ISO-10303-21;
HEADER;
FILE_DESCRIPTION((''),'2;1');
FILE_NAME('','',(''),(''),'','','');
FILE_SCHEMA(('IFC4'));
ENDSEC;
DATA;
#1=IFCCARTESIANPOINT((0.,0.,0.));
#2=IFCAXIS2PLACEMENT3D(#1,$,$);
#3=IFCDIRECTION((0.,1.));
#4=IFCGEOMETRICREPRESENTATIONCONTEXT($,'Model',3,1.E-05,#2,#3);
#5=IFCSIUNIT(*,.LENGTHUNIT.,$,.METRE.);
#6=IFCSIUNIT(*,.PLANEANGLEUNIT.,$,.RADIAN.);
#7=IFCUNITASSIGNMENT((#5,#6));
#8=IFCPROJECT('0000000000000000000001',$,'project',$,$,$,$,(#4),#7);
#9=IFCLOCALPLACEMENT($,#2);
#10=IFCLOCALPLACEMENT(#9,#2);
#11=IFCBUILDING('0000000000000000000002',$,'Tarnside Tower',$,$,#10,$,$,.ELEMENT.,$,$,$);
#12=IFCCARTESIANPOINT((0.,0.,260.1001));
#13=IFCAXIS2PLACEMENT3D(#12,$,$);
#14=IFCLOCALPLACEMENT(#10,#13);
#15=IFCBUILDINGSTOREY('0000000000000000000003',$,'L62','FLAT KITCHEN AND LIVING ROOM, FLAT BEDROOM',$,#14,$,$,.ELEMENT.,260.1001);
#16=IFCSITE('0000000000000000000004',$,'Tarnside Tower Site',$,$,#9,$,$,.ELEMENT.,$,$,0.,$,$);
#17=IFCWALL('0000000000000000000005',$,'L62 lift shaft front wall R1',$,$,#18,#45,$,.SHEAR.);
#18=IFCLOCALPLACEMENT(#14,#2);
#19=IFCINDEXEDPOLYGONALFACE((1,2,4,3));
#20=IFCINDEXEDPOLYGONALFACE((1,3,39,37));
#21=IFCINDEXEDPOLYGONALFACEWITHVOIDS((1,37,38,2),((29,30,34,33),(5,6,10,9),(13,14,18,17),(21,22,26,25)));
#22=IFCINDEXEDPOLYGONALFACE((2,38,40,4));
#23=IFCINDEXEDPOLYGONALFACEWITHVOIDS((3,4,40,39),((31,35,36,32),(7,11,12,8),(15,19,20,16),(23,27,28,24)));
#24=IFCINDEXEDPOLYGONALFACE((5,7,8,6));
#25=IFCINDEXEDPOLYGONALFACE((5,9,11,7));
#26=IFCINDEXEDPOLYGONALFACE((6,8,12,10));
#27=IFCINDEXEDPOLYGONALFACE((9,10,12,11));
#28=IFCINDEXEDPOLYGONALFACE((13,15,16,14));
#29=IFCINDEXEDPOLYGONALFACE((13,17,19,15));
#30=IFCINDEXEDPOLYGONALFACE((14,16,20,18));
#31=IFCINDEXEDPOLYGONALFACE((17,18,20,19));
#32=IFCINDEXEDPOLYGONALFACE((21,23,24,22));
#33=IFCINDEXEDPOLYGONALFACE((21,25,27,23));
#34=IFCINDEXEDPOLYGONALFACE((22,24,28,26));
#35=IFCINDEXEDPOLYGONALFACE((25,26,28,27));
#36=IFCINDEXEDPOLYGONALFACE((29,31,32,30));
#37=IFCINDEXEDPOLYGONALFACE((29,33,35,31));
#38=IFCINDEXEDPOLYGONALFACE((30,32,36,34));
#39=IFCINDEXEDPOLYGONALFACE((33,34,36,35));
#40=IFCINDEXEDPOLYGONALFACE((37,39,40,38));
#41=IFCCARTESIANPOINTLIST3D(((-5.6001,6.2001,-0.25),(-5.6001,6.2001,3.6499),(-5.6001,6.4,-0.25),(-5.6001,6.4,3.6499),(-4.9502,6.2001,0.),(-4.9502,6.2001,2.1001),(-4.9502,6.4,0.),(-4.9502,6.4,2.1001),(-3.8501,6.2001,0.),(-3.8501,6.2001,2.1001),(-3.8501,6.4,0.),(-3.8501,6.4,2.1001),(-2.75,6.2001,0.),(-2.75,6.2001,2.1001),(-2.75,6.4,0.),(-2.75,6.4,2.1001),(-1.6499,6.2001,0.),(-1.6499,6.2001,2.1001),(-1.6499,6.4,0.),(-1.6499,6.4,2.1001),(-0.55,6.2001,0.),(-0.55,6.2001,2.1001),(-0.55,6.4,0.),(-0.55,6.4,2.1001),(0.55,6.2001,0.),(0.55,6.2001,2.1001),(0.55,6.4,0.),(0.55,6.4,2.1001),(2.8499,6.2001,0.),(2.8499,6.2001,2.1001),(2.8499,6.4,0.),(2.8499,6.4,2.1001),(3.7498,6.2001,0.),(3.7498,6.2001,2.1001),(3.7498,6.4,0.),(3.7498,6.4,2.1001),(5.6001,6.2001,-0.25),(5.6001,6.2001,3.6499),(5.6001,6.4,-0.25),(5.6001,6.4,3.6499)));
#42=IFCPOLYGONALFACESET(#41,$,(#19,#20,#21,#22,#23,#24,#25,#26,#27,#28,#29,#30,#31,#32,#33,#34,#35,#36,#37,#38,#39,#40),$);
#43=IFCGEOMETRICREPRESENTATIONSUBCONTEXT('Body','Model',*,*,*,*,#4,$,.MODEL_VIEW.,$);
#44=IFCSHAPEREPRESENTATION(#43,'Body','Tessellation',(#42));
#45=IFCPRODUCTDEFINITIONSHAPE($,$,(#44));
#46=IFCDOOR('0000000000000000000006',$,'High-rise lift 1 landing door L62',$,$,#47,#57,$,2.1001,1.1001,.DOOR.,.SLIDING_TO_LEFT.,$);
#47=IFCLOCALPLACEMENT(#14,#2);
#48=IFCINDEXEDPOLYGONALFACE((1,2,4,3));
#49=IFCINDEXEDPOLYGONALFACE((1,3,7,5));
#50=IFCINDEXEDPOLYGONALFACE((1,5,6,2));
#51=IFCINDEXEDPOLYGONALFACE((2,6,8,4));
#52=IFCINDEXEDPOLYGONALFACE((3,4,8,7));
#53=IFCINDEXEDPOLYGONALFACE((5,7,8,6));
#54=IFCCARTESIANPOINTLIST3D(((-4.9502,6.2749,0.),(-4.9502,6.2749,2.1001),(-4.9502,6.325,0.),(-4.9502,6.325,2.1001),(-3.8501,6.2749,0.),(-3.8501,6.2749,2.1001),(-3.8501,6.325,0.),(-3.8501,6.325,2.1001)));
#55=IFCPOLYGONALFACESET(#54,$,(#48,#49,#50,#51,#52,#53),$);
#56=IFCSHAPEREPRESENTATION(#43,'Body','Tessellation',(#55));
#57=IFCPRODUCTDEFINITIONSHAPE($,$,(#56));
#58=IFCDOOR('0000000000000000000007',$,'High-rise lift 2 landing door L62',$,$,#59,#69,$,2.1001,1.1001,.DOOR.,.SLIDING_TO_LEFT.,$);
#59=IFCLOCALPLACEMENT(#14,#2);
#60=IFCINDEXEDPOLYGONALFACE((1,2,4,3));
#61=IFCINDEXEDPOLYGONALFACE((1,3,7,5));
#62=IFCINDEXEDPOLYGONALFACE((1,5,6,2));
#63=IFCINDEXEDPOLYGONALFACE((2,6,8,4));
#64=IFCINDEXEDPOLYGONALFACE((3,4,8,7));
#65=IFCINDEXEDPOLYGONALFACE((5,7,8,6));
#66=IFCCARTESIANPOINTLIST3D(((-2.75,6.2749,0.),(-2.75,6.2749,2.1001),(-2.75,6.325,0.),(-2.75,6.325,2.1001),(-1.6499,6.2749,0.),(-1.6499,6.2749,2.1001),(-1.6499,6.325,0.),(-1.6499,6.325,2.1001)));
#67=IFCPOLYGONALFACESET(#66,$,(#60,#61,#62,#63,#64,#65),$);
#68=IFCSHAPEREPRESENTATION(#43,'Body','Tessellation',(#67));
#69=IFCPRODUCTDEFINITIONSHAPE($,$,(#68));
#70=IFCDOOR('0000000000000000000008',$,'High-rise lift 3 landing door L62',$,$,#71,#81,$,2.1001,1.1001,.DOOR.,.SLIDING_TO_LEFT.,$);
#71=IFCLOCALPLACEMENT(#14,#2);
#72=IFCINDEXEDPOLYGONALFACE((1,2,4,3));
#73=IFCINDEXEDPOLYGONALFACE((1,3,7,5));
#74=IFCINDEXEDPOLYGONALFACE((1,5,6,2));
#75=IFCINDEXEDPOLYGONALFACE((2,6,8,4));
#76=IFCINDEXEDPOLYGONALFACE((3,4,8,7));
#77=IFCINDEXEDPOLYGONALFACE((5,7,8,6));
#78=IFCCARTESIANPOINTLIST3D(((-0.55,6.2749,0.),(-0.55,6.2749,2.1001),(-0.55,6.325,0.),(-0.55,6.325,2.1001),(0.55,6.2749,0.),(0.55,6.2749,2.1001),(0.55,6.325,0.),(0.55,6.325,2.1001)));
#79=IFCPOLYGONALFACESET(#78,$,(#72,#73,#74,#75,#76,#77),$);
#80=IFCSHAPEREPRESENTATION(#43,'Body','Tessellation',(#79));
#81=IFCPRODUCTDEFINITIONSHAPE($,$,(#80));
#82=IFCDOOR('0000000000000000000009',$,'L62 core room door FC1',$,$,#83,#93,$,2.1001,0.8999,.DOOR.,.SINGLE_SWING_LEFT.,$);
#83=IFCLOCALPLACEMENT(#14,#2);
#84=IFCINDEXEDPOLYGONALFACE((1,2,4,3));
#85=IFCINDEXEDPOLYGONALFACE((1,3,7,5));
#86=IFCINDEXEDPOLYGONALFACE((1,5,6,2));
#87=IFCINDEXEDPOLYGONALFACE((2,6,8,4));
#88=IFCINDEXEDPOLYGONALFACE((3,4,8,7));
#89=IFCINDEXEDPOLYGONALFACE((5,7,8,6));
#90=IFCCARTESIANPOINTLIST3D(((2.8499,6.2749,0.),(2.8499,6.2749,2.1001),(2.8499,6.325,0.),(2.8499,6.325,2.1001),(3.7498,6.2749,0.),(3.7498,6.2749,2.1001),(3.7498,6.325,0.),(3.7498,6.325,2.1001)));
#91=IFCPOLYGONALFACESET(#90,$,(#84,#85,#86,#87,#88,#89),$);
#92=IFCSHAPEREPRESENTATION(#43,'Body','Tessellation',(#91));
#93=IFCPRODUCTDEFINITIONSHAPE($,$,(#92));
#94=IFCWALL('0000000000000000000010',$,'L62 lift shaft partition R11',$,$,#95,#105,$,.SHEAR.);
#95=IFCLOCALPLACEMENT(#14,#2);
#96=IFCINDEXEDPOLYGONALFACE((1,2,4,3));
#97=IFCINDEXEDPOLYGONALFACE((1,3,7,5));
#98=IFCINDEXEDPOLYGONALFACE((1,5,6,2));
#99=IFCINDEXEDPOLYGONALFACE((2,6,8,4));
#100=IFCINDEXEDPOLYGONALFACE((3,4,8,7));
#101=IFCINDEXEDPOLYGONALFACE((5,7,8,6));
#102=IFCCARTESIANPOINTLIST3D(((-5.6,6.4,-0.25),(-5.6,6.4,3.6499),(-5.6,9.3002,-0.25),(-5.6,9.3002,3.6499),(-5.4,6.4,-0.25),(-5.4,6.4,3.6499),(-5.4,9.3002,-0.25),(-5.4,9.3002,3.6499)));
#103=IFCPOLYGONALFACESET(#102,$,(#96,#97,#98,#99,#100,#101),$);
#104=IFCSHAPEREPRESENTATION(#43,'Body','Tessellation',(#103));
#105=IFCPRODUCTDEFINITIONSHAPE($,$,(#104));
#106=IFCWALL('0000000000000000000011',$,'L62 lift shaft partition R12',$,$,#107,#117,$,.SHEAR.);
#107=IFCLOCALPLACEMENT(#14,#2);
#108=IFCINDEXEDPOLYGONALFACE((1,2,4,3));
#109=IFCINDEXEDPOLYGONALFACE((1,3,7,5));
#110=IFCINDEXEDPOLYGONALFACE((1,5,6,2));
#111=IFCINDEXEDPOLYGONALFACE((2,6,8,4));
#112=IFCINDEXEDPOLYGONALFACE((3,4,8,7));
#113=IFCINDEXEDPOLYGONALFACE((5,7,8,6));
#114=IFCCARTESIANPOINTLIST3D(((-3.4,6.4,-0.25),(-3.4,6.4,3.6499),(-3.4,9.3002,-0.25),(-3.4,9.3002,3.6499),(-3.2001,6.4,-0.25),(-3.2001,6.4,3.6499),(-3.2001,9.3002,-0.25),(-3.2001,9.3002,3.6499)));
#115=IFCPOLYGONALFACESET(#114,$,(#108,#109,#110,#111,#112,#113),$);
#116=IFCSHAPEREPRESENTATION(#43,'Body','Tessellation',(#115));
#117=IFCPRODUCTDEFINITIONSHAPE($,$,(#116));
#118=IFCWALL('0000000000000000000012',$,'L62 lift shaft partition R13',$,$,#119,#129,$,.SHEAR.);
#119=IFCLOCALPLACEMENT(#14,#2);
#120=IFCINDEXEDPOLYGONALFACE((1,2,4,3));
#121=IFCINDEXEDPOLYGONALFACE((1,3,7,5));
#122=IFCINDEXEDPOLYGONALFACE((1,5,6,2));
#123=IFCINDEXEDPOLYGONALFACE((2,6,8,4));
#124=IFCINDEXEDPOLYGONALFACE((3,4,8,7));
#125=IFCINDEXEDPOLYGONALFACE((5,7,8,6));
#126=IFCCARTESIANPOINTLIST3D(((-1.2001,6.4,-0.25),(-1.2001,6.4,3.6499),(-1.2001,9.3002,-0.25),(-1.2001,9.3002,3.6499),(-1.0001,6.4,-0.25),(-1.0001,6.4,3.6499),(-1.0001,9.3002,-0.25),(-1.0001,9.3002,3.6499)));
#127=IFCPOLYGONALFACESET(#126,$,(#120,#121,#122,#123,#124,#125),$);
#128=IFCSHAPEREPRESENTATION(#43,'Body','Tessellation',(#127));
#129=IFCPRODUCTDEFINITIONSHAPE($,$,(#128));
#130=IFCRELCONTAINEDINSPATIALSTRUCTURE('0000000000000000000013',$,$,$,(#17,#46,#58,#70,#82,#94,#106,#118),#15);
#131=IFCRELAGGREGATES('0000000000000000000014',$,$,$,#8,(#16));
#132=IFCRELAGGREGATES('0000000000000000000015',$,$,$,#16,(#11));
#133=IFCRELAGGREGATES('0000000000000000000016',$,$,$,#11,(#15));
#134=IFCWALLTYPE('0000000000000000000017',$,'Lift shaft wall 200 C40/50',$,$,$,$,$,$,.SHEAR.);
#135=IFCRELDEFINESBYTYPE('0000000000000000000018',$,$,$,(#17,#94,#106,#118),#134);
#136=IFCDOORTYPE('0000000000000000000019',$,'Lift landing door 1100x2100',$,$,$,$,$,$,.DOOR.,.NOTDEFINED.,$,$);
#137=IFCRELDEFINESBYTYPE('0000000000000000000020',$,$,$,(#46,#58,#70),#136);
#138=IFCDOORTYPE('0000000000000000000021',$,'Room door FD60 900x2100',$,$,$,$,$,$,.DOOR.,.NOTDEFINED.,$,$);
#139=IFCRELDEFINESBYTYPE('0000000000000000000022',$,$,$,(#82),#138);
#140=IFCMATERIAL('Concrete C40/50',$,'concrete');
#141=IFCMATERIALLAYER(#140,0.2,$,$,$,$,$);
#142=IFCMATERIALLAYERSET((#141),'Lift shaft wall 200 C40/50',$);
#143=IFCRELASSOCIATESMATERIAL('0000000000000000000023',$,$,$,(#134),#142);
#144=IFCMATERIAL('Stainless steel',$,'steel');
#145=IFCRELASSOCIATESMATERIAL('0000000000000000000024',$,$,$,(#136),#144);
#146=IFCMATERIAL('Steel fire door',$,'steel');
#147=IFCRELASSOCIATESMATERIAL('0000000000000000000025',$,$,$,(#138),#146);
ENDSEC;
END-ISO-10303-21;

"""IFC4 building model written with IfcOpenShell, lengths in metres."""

from ifc_helpers import new_model, si_unit, direction, frame, frame_2d, origin, place, context, subcontext, project, spatial, rectangle, extrude, material, layer, layer_set, type_object, element, fill, save


model = new_model("IFC4")

# Units and contexts
model_context = context("Model", 3, precision=1e-05, world=origin(), true_north=direction((0.0, 1.0)))
body_context = subcontext(model_context, "Body", "Model", "MODEL_VIEW")
ifc_project = project(units=[si_unit("LENGTHUNIT", "METRE"), si_unit("PLANEANGLEUNIT", "RADIAN")], contexts=[model_context])

# Site, building, storey
site_placement = place(None, origin())
site = spatial("IfcSite", under=ifc_project, at=site_placement, Name="Tarnside Tower Site", CompositionType="ELEMENT", RefElevation=0.0)
building_placement = place(site_placement, origin())
building = spatial("IfcBuilding", under=site, at=building_placement, Name="Tarnside Tower", CompositionType="ELEMENT")
storey_placement = place(building_placement, frame((0.0, 0.0, 260.1001)))
storey = spatial("IfcBuildingStorey", under=building, at=storey_placement, Name="L62", Description="FLAT KITCHEN AND LIVING ROOM, FLAT BEDROOM", CompositionType="ELEMENT", Elevation=260.1001)

# Wall, openings, doors
ifc_material_1 = material(Name="Concrete C40/50", Category="concrete")
ifc_layer_1 = layer(ifc_material_1, 0.2)
ifc_layer_set_1 = layer_set([ifc_layer_1], Name="Lift shaft wall 200 C40/50")
wall_type_1 = type_object("IfcWallType", Name="Lift shaft wall 200 C40/50", PredefinedType="SHEAR", material=ifc_layer_set_1)
wall_1_placement = place(storey_placement, frame((-5.6001, 6.3, -0.25), z_axis=(0.0, 0.0, 1.0), x_axis=(1.0, 0.0, 0.0)))
wall_1 = element("IfcWall", 1, at=wall_1_placement, inside=storey, type_object=wall_type_1, Name="L62 lift shaft front wall R1", PredefinedType="SHEAR", context=body_context, shape_type="SweptSolid", body=[
    extrude(rectangle(XDim=11.2002, YDim=0.2, at=frame_2d((5.6001, 0.0))), origin(), (0.0, 0.0, 1.0), 3.8999),
])
opening_1_placement = place(wall_1_placement, frame((8.45, 0.0, 0.25)))
opening_1 = element("IfcOpeningElement", 2, at=opening_1_placement, cuts=wall_1, PredefinedType="OPENING", context=body_context, shape_type="SweptSolid", body=[
    extrude(rectangle(XDim=0.8999, YDim=2.1001, at=frame_2d((0.45, 1.05))), frame((0.0, 0.1099, 0.0), z_axis=(0.0, -1.0, 0.0), x_axis=(1.0, 0.0, 0.0)), (0.0, 0.0, 1.0), 0.22),
])
opening_2_placement = place(wall_1_placement, frame((0.6499, 0.0, 0.25)))
opening_2 = element("IfcOpeningElement", 3, at=opening_2_placement, cuts=wall_1, PredefinedType="OPENING", context=body_context, shape_type="SweptSolid", body=[
    extrude(rectangle(XDim=1.1001, YDim=2.1001, at=frame_2d((0.55, 1.05))), frame((0.0, 0.1099, 0.0), z_axis=(0.0, -1.0, 0.0), x_axis=(1.0, 0.0, 0.0)), (0.0, 0.0, 1.0), 0.22),
])
opening_3_placement = place(wall_1_placement, frame((2.8501, 0.0, 0.25)))
opening_3 = element("IfcOpeningElement", 4, at=opening_3_placement, cuts=wall_1, PredefinedType="OPENING", context=body_context, shape_type="SweptSolid", body=[
    extrude(rectangle(XDim=1.1001, YDim=2.1001, at=frame_2d((0.55, 1.05))), frame((0.0, 0.1099, 0.0), z_axis=(0.0, -1.0, 0.0), x_axis=(1.0, 0.0, 0.0)), (0.0, 0.0, 1.0), 0.22),
])
opening_4_placement = place(wall_1_placement, frame((5.05, 0.0, 0.25)))
opening_4 = element("IfcOpeningElement", 5, at=opening_4_placement, cuts=wall_1, PredefinedType="OPENING", context=body_context, shape_type="SweptSolid", body=[
    extrude(rectangle(XDim=1.1001, YDim=2.1001, at=frame_2d((0.55, 1.05))), frame((0.0, 0.1099, 0.0), z_axis=(0.0, -1.0, 0.0), x_axis=(1.0, 0.0, 0.0)), (0.0, 0.0, 1.0), 0.22),
])
ifc_material_2 = material(Name="Stainless steel", Category="steel")
door_type_1 = type_object("IfcDoorType", Name="Lift landing door 1100x2100", OperationType="NOTDEFINED", PredefinedType="DOOR", material=ifc_material_2)
door_1_placement = place(opening_2_placement, origin())
door_1 = element("IfcDoor", 6, at=door_1_placement, inside=storey, type_object=door_type_1, Name="High-rise lift 1 landing door L62", OperationType="SLIDING_TO_LEFT", OverallHeight=2.1001, OverallWidth=1.1001, PredefinedType="DOOR", context=body_context, shape_type="SweptSolid", body=[
    extrude(rectangle(XDim=1.1001, YDim=2.1001, at=frame_2d((0.55, 1.05))), frame((0.0, 0.0249, 0.0), z_axis=(0.0, -1.0, 0.0), x_axis=(1.0, 0.0, 0.0)), (0.0, 0.0, 1.0), 0.05),
])
fill(opening_2, door_1)
door_2_placement = place(opening_3_placement, origin())
door_2 = element("IfcDoor", 7, at=door_2_placement, inside=storey, type_object=door_type_1, Name="High-rise lift 2 landing door L62", OperationType="SLIDING_TO_LEFT", OverallHeight=2.1001, OverallWidth=1.1001, PredefinedType="DOOR", context=body_context, shape_type="SweptSolid", body=[
    extrude(rectangle(XDim=1.1001, YDim=2.1001, at=frame_2d((0.55, 1.05))), frame((0.0, 0.0249, 0.0), z_axis=(0.0, -1.0, 0.0), x_axis=(1.0, 0.0, 0.0)), (0.0, 0.0, 1.0), 0.05),
])
fill(opening_3, door_2)
door_3_placement = place(opening_4_placement, origin())
door_3 = element("IfcDoor", 8, at=door_3_placement, inside=storey, type_object=door_type_1, Name="High-rise lift 3 landing door L62", OperationType="SLIDING_TO_LEFT", OverallHeight=2.1001, OverallWidth=1.1001, PredefinedType="DOOR", context=body_context, shape_type="SweptSolid", body=[
    extrude(rectangle(XDim=1.1001, YDim=2.1001, at=frame_2d((0.55, 1.05))), frame((0.0, 0.0249, 0.0), z_axis=(0.0, -1.0, 0.0), x_axis=(1.0, 0.0, 0.0)), (0.0, 0.0, 1.0), 0.05),
])
fill(opening_4, door_3)
ifc_material_3 = material(Name="Steel fire door", Category="steel")
door_type_2 = type_object("IfcDoorType", Name="Room door FD60 900x2100", OperationType="NOTDEFINED", PredefinedType="DOOR", material=ifc_material_3)
door_4_placement = place(opening_1_placement, origin())
door_4 = element("IfcDoor", 9, at=door_4_placement, inside=storey, type_object=door_type_2, Name="L62 core room door FC1", OperationType="SINGLE_SWING_LEFT", OverallHeight=2.1001, OverallWidth=0.8999, PredefinedType="DOOR", context=body_context, shape_type="SweptSolid", body=[
    extrude(rectangle(XDim=0.8999, YDim=2.1001, at=frame_2d((0.45, 1.05))), frame((0.0, 0.0249, 0.0), z_axis=(0.0, -1.0, 0.0), x_axis=(1.0, 0.0, 0.0)), (0.0, 0.0, 1.0), 0.05),
])
fill(opening_1, door_4)

# Walls
for number, where, z_axis, x_axis, name in (
    (10, (-5.5, 6.3999, -0.25), (0.0, 0.0, 1.0), (0.0, 1.0, 0.0), "L62 lift shaft partition R11"),
    (11, (-3.3, 6.3999, -0.25), (0.0, 0.0, 1.0), (0.0, 1.0, 0.0), "L62 lift shaft partition R12"),
    (12, (-1.1001, 6.3999, -0.25), (0.0, 0.0, 1.0), (0.0, 1.0, 0.0), "L62 lift shaft partition R13"),
):
    element("IfcWall", number, at=place(storey_placement, frame(where, z_axis=z_axis, x_axis=x_axis)), inside=storey, type_object=wall_type_1, Name=name, PredefinedType="SHEAR", context=body_context, shape_type="SweptSolid", body=[
        extrude(rectangle(XDim=2.9001, YDim=0.2, at=frame_2d((1.4502, 0.0))), origin(), (0.0, 0.0, 1.0), 3.8999),
    ])

save(model, "model.ifc")
